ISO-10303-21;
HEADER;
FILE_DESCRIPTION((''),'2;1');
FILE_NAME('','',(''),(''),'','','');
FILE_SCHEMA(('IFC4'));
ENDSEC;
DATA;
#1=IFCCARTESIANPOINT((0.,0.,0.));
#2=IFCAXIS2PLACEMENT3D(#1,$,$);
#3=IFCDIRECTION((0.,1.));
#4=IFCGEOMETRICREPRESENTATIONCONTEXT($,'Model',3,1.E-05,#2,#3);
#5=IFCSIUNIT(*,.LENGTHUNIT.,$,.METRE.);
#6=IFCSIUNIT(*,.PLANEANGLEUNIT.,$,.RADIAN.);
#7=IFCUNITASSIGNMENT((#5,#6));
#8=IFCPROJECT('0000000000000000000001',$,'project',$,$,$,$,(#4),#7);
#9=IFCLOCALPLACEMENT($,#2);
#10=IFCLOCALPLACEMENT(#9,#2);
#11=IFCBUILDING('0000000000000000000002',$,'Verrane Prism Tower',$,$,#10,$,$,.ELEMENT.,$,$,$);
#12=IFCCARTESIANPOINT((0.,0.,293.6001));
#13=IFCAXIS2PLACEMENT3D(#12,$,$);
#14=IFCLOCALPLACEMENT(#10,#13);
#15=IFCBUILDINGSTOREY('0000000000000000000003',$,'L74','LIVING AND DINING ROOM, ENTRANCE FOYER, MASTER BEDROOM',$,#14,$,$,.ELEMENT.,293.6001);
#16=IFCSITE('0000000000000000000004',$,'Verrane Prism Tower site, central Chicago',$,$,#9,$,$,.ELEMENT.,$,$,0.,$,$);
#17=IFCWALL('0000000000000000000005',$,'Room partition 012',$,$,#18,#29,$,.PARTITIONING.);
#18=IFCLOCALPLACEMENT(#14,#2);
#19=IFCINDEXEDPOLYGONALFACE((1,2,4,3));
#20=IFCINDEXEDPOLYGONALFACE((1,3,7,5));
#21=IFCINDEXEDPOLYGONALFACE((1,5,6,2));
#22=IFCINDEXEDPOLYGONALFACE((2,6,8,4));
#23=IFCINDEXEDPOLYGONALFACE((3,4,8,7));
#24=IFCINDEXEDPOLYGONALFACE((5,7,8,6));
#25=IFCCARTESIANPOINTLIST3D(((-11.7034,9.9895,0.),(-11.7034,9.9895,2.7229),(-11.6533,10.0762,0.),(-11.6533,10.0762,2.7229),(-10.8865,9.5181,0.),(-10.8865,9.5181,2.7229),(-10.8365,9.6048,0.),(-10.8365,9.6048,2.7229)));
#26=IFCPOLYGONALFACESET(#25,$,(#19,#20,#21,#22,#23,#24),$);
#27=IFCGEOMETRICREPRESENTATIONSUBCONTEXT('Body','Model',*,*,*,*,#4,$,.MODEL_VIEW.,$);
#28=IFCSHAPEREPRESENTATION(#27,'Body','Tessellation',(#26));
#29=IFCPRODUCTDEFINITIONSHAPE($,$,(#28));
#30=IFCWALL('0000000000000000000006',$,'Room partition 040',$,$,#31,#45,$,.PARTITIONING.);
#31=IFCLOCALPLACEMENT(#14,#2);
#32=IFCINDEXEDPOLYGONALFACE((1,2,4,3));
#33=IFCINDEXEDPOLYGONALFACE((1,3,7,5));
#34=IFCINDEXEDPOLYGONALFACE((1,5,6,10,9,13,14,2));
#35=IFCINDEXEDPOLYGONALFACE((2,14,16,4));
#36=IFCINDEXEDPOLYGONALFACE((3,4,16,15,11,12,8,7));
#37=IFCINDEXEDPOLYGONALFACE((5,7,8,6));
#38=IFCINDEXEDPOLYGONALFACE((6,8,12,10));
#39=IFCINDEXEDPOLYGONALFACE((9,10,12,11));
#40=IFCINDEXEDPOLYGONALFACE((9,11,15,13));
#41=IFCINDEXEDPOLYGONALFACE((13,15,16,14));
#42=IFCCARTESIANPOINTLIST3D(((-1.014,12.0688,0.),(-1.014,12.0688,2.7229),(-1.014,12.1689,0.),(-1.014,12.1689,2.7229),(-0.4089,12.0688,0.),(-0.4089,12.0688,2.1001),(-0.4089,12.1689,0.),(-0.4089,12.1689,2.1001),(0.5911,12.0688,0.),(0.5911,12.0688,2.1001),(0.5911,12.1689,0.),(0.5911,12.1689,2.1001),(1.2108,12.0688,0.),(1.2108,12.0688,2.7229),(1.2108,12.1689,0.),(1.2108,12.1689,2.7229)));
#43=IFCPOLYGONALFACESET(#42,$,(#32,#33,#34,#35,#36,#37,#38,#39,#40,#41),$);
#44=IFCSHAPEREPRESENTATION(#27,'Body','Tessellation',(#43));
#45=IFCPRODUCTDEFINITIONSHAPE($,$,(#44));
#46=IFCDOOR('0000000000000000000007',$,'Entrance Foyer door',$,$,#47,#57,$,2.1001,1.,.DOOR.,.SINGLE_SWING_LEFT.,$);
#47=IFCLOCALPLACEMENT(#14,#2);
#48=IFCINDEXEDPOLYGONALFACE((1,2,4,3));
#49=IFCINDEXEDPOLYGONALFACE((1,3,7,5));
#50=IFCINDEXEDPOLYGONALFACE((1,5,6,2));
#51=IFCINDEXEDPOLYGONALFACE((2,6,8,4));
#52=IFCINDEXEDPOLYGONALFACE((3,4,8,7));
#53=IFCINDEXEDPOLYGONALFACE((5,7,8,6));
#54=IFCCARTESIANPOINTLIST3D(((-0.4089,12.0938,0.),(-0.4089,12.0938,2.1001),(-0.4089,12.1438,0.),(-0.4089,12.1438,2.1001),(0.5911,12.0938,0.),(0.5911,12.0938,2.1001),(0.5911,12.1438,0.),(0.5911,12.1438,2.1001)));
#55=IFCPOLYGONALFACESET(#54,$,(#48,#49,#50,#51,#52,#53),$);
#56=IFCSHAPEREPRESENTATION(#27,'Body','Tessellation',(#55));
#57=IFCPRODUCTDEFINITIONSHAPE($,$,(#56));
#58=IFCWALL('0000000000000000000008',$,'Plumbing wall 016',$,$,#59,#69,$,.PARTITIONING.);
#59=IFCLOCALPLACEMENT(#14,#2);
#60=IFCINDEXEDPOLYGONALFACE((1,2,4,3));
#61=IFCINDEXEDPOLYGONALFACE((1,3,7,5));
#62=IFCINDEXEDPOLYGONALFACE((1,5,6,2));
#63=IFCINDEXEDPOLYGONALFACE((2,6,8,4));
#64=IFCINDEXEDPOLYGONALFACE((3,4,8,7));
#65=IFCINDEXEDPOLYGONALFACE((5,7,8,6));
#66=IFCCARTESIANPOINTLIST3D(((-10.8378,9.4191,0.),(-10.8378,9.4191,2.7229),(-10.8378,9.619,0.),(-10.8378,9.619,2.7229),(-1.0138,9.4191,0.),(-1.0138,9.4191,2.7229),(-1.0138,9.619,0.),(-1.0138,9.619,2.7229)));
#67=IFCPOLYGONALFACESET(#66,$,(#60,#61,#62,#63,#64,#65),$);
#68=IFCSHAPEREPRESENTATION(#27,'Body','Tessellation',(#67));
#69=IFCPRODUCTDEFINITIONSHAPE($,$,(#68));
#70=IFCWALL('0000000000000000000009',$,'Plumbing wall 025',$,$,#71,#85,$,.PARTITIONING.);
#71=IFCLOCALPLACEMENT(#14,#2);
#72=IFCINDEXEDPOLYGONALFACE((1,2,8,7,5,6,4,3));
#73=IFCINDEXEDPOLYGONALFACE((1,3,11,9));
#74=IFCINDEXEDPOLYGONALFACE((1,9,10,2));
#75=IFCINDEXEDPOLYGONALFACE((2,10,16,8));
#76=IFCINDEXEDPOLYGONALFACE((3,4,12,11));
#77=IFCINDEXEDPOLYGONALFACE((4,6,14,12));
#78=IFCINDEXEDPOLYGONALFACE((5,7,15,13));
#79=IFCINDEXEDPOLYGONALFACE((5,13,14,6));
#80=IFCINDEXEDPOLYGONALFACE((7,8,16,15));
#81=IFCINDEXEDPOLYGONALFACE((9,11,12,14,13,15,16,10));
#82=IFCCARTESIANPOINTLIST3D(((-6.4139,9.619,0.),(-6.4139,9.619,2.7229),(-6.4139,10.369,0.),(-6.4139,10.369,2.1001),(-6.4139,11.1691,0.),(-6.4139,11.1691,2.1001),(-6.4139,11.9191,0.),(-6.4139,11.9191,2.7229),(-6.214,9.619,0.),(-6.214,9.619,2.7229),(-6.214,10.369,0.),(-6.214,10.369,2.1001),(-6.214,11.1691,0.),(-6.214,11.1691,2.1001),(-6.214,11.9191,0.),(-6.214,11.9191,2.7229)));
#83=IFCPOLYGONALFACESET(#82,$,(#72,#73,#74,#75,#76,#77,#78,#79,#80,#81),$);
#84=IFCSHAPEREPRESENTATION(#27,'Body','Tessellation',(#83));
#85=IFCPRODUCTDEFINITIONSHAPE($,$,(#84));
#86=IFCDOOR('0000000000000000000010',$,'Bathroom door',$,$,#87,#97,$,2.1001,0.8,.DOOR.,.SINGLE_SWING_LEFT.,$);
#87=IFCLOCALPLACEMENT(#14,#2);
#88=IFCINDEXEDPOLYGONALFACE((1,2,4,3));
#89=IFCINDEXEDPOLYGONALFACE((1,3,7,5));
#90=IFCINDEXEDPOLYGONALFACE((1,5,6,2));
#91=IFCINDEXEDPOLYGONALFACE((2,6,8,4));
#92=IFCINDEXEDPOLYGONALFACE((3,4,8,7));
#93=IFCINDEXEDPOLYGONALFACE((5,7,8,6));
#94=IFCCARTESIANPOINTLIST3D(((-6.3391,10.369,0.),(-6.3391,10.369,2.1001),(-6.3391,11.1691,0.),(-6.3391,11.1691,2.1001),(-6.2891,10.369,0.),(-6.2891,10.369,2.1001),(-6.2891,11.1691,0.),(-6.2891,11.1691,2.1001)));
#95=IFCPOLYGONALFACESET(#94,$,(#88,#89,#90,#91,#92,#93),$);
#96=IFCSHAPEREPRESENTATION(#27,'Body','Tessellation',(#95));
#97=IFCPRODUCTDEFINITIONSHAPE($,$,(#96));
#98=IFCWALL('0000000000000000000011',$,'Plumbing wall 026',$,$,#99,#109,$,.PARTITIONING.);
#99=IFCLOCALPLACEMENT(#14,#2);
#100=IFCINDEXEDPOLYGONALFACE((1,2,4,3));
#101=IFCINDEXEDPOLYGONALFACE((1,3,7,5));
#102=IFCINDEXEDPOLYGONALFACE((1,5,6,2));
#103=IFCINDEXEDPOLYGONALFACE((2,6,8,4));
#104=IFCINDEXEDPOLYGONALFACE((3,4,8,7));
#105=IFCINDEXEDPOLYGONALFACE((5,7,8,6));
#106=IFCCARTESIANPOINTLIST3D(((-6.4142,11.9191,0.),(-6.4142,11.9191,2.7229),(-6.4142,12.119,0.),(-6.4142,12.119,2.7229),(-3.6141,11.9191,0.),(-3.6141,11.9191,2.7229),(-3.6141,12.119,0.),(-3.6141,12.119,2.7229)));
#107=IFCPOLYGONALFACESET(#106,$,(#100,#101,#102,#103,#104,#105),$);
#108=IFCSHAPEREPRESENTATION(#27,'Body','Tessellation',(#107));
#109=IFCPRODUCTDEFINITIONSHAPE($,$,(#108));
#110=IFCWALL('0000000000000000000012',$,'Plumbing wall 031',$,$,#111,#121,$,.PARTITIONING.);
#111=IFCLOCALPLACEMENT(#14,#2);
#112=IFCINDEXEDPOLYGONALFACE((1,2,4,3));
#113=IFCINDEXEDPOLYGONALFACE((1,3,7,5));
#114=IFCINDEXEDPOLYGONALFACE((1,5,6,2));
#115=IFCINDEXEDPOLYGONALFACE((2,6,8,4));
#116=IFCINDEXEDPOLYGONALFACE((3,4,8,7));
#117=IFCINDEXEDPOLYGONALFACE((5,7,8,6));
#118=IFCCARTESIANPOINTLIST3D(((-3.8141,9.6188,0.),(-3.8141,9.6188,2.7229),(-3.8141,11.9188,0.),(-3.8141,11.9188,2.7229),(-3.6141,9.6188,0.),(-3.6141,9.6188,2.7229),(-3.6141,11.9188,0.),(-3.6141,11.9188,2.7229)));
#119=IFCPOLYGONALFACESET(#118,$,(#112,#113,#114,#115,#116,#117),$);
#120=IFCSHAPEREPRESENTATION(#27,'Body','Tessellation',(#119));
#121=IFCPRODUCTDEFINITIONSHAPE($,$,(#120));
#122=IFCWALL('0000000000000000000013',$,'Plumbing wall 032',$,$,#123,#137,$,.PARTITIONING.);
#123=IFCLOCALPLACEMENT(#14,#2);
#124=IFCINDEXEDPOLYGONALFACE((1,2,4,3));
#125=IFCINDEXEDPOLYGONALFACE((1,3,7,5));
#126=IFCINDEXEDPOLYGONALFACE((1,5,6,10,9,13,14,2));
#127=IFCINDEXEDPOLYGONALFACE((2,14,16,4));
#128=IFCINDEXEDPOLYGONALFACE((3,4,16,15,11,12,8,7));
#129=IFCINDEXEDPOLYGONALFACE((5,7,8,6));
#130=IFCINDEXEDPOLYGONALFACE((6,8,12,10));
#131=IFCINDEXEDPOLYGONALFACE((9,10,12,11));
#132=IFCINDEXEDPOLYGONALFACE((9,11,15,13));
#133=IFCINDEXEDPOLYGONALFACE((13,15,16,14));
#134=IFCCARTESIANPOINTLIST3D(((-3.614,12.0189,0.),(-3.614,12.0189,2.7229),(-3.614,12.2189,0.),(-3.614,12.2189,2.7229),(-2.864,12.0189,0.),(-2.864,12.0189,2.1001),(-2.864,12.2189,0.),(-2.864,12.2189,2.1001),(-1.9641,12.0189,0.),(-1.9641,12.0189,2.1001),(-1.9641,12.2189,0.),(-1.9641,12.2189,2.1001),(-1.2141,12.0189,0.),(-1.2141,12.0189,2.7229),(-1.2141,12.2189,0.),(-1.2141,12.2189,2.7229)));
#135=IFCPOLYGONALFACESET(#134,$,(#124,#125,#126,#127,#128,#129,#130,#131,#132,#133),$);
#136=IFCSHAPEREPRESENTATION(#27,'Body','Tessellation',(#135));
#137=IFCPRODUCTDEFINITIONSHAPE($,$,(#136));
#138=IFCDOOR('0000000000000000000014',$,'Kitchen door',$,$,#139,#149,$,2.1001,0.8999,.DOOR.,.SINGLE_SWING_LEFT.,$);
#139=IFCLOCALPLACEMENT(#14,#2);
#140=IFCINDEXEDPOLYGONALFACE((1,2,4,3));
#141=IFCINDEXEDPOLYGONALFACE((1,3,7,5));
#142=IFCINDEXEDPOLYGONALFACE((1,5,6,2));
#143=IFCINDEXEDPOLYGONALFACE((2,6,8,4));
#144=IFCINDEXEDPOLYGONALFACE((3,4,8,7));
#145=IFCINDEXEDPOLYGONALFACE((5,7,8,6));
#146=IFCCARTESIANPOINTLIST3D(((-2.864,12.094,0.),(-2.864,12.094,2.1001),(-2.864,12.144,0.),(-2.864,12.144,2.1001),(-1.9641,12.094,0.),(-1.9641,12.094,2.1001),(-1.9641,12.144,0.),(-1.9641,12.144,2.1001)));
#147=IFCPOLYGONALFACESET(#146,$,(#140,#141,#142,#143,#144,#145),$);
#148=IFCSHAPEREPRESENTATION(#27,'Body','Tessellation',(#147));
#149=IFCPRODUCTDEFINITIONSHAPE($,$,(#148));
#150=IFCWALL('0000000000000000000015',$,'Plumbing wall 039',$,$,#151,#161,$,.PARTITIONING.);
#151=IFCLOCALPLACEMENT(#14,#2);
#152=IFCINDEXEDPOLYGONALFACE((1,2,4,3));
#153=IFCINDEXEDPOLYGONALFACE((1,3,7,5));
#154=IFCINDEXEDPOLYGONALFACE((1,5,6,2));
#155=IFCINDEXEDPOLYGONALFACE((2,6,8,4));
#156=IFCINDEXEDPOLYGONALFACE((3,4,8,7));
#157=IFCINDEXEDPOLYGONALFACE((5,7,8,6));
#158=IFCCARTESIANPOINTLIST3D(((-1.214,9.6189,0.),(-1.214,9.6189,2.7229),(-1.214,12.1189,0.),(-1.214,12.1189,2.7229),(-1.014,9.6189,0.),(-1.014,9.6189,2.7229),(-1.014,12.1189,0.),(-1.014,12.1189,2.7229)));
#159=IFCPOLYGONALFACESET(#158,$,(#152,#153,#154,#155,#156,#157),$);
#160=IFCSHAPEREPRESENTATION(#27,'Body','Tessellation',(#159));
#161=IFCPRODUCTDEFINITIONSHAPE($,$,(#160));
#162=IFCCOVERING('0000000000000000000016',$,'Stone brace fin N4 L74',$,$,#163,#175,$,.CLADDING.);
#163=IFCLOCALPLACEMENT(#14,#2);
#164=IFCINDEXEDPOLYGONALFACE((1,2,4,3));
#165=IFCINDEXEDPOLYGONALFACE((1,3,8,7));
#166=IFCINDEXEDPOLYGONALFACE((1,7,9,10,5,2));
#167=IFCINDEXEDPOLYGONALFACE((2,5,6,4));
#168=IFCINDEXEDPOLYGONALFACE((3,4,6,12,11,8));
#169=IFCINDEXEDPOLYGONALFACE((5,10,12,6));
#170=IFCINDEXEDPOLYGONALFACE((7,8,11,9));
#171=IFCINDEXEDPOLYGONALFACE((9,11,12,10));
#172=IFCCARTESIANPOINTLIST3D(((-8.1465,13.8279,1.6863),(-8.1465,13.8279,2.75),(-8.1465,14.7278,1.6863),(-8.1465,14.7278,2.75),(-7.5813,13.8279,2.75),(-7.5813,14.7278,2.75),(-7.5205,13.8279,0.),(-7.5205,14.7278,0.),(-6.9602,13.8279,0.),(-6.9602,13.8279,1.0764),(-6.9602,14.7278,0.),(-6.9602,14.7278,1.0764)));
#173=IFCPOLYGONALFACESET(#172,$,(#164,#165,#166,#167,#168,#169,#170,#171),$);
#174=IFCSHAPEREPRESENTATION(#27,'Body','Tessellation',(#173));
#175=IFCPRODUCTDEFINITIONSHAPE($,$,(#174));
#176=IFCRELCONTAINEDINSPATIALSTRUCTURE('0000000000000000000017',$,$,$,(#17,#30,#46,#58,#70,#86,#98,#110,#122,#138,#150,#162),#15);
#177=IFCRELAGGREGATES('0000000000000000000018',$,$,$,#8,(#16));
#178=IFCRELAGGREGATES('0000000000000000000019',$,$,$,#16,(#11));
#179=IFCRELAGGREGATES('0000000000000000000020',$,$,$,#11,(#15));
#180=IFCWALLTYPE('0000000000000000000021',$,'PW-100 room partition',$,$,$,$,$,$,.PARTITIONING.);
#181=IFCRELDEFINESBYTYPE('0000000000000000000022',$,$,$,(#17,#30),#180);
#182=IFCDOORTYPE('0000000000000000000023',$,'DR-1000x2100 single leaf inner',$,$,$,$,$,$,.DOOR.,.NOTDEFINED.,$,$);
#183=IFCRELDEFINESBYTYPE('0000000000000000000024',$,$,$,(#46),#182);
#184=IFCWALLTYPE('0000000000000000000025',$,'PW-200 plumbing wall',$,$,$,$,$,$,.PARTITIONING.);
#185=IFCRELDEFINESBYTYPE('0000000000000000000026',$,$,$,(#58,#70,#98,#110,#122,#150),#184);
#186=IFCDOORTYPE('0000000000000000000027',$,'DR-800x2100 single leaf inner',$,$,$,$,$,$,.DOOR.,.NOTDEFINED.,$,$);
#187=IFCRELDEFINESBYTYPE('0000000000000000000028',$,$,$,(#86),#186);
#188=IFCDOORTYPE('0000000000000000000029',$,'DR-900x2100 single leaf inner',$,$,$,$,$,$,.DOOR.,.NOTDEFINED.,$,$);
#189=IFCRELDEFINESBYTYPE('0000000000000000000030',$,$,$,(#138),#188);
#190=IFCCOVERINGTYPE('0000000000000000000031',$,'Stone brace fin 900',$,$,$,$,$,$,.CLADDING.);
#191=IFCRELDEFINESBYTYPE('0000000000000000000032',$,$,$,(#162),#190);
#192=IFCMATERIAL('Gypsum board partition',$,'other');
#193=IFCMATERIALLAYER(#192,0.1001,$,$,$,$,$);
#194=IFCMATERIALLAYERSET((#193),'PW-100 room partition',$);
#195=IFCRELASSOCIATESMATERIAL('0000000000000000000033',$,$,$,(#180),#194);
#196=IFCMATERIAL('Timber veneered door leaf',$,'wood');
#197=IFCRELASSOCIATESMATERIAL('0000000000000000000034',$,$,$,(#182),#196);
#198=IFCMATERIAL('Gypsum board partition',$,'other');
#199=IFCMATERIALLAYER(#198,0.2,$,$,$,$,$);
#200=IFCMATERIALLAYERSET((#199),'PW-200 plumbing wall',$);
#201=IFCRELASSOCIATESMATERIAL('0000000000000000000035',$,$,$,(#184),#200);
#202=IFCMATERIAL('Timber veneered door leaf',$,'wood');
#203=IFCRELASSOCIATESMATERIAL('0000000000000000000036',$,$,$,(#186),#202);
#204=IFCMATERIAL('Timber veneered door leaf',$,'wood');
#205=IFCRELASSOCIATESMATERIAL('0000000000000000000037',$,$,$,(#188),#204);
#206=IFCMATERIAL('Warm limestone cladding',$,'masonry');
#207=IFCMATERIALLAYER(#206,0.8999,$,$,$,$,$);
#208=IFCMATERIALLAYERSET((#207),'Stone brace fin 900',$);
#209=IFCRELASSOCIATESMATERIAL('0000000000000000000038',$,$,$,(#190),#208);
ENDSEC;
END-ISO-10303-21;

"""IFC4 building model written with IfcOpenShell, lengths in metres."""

from ifc_helpers import new_model, si_unit, direction, frame, frame_2d, origin, place, context, subcontext, project, spatial, polyline, rectangle, outline, extrude, material, layer, layer_set, type_object, element, fill, save


model = new_model("IFC4")

# Units and contexts
model_context = context("Model", 3, precision=1e-05, world=origin(), true_north=direction((0.0, 1.0)))
body_context = subcontext(model_context, "Body", "Model", "MODEL_VIEW")
ifc_project = project(units=[si_unit("LENGTHUNIT", "METRE"), si_unit("PLANEANGLEUNIT", "RADIAN")], contexts=[model_context])

# Site, building, storey
site_placement = place(None, origin())
site = spatial("IfcSite", under=ifc_project, at=site_placement, Name="Verrane Prism Tower site, central Chicago", CompositionType="ELEMENT", RefElevation=0.0)
building_placement = place(site_placement, origin())
building = spatial("IfcBuilding", under=site, at=building_placement, Name="Verrane Prism Tower", CompositionType="ELEMENT")
storey_placement = place(building_placement, frame((0.0, 0.0, 293.6001)))
storey = spatial("IfcBuildingStorey", under=building, at=storey_placement, Name="L74", Description="LIVING AND DINING ROOM, ENTRANCE FOYER, MASTER BEDROOM", CompositionType="ELEMENT", Elevation=293.6001)

# Wall
ifc_material_1 = material(Name="Gypsum board partition", Category="other")
ifc_layer_1 = layer(ifc_material_1, 0.1001)
ifc_layer_set_1 = layer_set([ifc_layer_1], Name="PW-100 room partition")
wall_type_1 = type_object("IfcWallType", Name="PW-100 room partition", PredefinedType="PARTITIONING", material=ifc_layer_set_1)
wall_1_placement = place(storey_placement, frame((-11.6785, 10.033, 0.0), z_axis=(0.0, 0.0, 1.0), x_axis=(0.866117, -0.499842, 0.0)))
element("IfcWall", 1, at=wall_1_placement, inside=storey, type_object=wall_type_1, Name="Room partition 012", PredefinedType="PARTITIONING", context=body_context, shape_type="SweptSolid", body=[
    extrude(rectangle(XDim=0.9431, YDim=0.1001, at=frame_2d((0.4717, 0.0))), origin(), (0.0, 0.0, 1.0), 2.7229),
])

# Wall, opening, door
wall_2_placement = place(storey_placement, frame((-1.0139, 12.1189, 0.0), z_axis=(0.0, 0.0, 1.0), x_axis=(1.0, 0.0, 0.0)))
wall_2 = element("IfcWall", 2, at=wall_2_placement, inside=storey, type_object=wall_type_1, Name="Room partition 040", PredefinedType="PARTITIONING", context=body_context, shape_type="SweptSolid", body=[
    extrude(rectangle(XDim=2.2249, YDim=0.1001, at=frame_2d((1.1123, 0.0))), origin(), (0.0, 0.0, 1.0), 2.7229),
])
opening_1_placement = place(wall_2_placement, frame((0.605, 0.0, 0.0)))
opening_1 = element("IfcOpeningElement", 3, at=opening_1_placement, cuts=wall_2, PredefinedType="OPENING", context=body_context, shape_type="SweptSolid", body=[
    extrude(rectangle(XDim=1.0, YDim=2.1001, at=frame_2d((0.5, 1.05))), frame((0.0, 0.0601, 0.0), z_axis=(0.0, -1.0, 0.0), x_axis=(1.0, 0.0, 0.0)), (0.0, 0.0, 1.0), 0.1201),
])
ifc_material_2 = material(Name="Timber veneered door leaf", Category="wood")
door_type_1 = type_object("IfcDoorType", Name="DR-1000x2100 single leaf inner", OperationType="NOTDEFINED", PredefinedType="DOOR", material=ifc_material_2)
door_1_placement = place(opening_1_placement, origin())
door_1 = element("IfcDoor", 4, at=door_1_placement, inside=storey, type_object=door_type_1, Name="Entrance Foyer door", OperationType="SINGLE_SWING_LEFT", OverallHeight=2.1001, OverallWidth=1.0, PredefinedType="DOOR", context=body_context, shape_type="SweptSolid", body=[
    extrude(rectangle(XDim=1.0, YDim=2.1001, at=frame_2d((0.5, 1.05))), frame((0.0, 0.0249, 0.0), z_axis=(0.0, -1.0, 0.0), x_axis=(1.0, 0.0, 0.0)), (0.0, 0.0, 1.0), 0.05),
])
fill(opening_1, door_1)

# Wall
ifc_material_3 = material(Name="Gypsum board partition", Category="other")
ifc_layer_2 = layer(ifc_material_3, 0.2)
ifc_layer_set_2 = layer_set([ifc_layer_2], Name="PW-200 plumbing wall")
wall_type_2 = type_object("IfcWallType", Name="PW-200 plumbing wall", PredefinedType="PARTITIONING", material=ifc_layer_set_2)
wall_3_placement = place(storey_placement, frame((-10.8379, 9.519, 0.0), z_axis=(0.0, 0.0, 1.0), x_axis=(1.0, 0.0, 0.0)))
element("IfcWall", 5, at=wall_3_placement, inside=storey, type_object=wall_type_2, Name="Plumbing wall 016", PredefinedType="PARTITIONING", context=body_context, shape_type="SweptSolid", body=[
    extrude(rectangle(XDim=9.824, YDim=0.2, at=frame_2d((4.9121, 0.0))), origin(), (0.0, 0.0, 1.0), 2.7229),
])

# Wall, opening, door
wall_4_placement = place(storey_placement, frame((-6.314, 11.9189, 0.0), z_axis=(0.0, 0.0, 1.0), x_axis=(0.0, -1.0, 0.0)))
wall_4 = element("IfcWall", 6, at=wall_4_placement, inside=storey, type_object=wall_type_2, Name="Plumbing wall 025", PredefinedType="PARTITIONING", context=body_context, shape_type="SweptSolid", body=[
    extrude(rectangle(XDim=2.3, YDim=0.2, at=frame_2d((1.1499, 0.0))), origin(), (0.0, 0.0, 1.0), 2.7229),
])
opening_2_placement = place(wall_4_placement, frame((0.75, 0.0, 0.0)))
opening_2 = element("IfcOpeningElement", 7, at=opening_2_placement, cuts=wall_4, PredefinedType="OPENING", context=body_context, shape_type="SweptSolid", body=[
    extrude(rectangle(XDim=0.8, YDim=2.1001, at=frame_2d((0.3999, 1.05))), frame((0.0, 0.1099, 0.0), z_axis=(0.0, -1.0, 0.0), x_axis=(1.0, 0.0, 0.0)), (0.0, 0.0, 1.0), 0.22),
])
ifc_material_4 = material(Name="Timber veneered door leaf", Category="wood")
door_type_2 = type_object("IfcDoorType", Name="DR-800x2100 single leaf inner", OperationType="NOTDEFINED", PredefinedType="DOOR", material=ifc_material_4)
door_2_placement = place(opening_2_placement, origin())
door_2 = element("IfcDoor", 8, at=door_2_placement, inside=storey, type_object=door_type_2, Name="Bathroom door", OperationType="SINGLE_SWING_LEFT", OverallHeight=2.1001, OverallWidth=0.8, PredefinedType="DOOR", context=body_context, shape_type="SweptSolid", body=[
    extrude(rectangle(XDim=0.8, YDim=2.1001, at=frame_2d((0.3999, 1.05))), frame((0.0, 0.0249, 0.0), z_axis=(0.0, -1.0, 0.0), x_axis=(1.0, 0.0, 0.0)), (0.0, 0.0, 1.0), 0.05),
])
fill(opening_2, door_2)

# Walls
wall_5_placement = place(storey_placement, frame((-6.4141, 12.019, 0.0), z_axis=(0.0, 0.0, 1.0), x_axis=(1.0, 0.0, 0.0)))
element("IfcWall", 9, at=wall_5_placement, inside=storey, type_object=wall_type_2, Name="Plumbing wall 026", PredefinedType="PARTITIONING", context=body_context, shape_type="SweptSolid", body=[
    extrude(rectangle(XDim=2.8, YDim=0.2, at=frame_2d((1.3999, 0.0))), origin(), (0.0, 0.0, 1.0), 2.7229),
])
wall_6_placement = place(storey_placement, frame((-3.7141, 9.6189, 0.0), z_axis=(0.0, 0.0, 1.0), x_axis=(0.0, 1.0, 0.0)))
element("IfcWall", 10, at=wall_6_placement, inside=storey, type_object=wall_type_2, Name="Plumbing wall 031", PredefinedType="PARTITIONING", context=body_context, shape_type="SweptSolid", body=[
    extrude(rectangle(XDim=2.3, YDim=0.2, at=frame_2d((1.1499, 0.0))), origin(), (0.0, 0.0, 1.0), 2.7229),
])

# Wall, opening, door
wall_7_placement = place(storey_placement, frame((-1.2141, 12.1189, 0.0), z_axis=(0.0, 0.0, 1.0), x_axis=(-1.0, 0.0, 0.0)))
wall_7 = element("IfcWall", 11, at=wall_7_placement, inside=storey, type_object=wall_type_2, Name="Plumbing wall 032", PredefinedType="PARTITIONING", context=body_context, shape_type="SweptSolid", body=[
    extrude(rectangle(XDim=2.3999, YDim=0.2, at=frame_2d((1.2, 0.0))), origin(), (0.0, 0.0, 1.0), 2.7229),
])
opening_3_placement = place(wall_7_placement, frame((0.75, 0.0, 0.0)))
opening_3 = element("IfcOpeningElement", 12, at=opening_3_placement, cuts=wall_7, PredefinedType="OPENING", context=body_context, shape_type="SweptSolid", body=[
    extrude(rectangle(XDim=0.8999, YDim=2.1001, at=frame_2d((0.45, 1.05))), frame((0.0, 0.1099, 0.0), z_axis=(0.0, -1.0, 0.0), x_axis=(1.0, 0.0, 0.0)), (0.0, 0.0, 1.0), 0.22),
])
ifc_material_5 = material(Name="Timber veneered door leaf", Category="wood")
door_type_3 = type_object("IfcDoorType", Name="DR-900x2100 single leaf inner", OperationType="NOTDEFINED", PredefinedType="DOOR", material=ifc_material_5)
door_3_placement = place(opening_3_placement, origin())
door_3 = element("IfcDoor", 13, at=door_3_placement, inside=storey, type_object=door_type_3, Name="Kitchen door", OperationType="SINGLE_SWING_LEFT", OverallHeight=2.1001, OverallWidth=0.8999, PredefinedType="DOOR", context=body_context, shape_type="SweptSolid", body=[
    extrude(rectangle(XDim=0.8999, YDim=2.1001, at=frame_2d((0.45, 1.05))), frame((0.0, 0.0249, 0.0), z_axis=(0.0, -1.0, 0.0), x_axis=(1.0, 0.0, 0.0)), (0.0, 0.0, 1.0), 0.05),
])
fill(opening_3, door_3)

# Wall
wall_8_placement = place(storey_placement, frame((-1.114, 9.6189, 0.0), z_axis=(0.0, 0.0, 1.0), x_axis=(0.0, 1.0, 0.0)))
element("IfcWall", 14, at=wall_8_placement, inside=storey, type_object=wall_type_2, Name="Plumbing wall 039", PredefinedType="PARTITIONING", context=body_context, shape_type="SweptSolid", body=[
    extrude(rectangle(XDim=2.5, YDim=0.2, at=frame_2d((1.25, 0.0))), origin(), (0.0, 0.0, 1.0), 2.7229),
])

# Covering
ifc_material_6 = material(Name="Warm limestone cladding", Category="masonry")
ifc_layer_3 = layer(ifc_material_6, 0.8999)
ifc_layer_set_3 = layer_set([ifc_layer_3], Name="Stone brace fin 900")
covering_type = type_object("IfcCoveringType", Name="Stone brace fin 900", PredefinedType="CLADDING", material=ifc_layer_set_3)
covering_placement = place(storey_placement, frame((-6.9602, 14.2778, 0.0), z_axis=(0.0, 0.0, 1.0), x_axis=(-1.0, 0.0, 0.0)))
element("IfcCovering", 15, at=covering_placement, inside=storey, type_object=covering_type, Name="Stone brace fin N4 L74", PredefinedType="CLADDING", context=body_context, shape_type="SweptSolid", body=[
    extrude(outline(polyline([(1.1863, 2.75), (0.6211, 2.75), (0.0, 1.0764), (0.0, 0.0), (0.5603, 0.0), (1.1863, 1.6863), (1.1863, 2.75)])), frame((0.0, 0.45, 0.0), z_axis=(0.0, -1.0, 0.0), x_axis=(1.0, 0.0, 0.0)), (0.0, 0.0, 1.0), 0.8999),
])

save(model, "model.ifc")
